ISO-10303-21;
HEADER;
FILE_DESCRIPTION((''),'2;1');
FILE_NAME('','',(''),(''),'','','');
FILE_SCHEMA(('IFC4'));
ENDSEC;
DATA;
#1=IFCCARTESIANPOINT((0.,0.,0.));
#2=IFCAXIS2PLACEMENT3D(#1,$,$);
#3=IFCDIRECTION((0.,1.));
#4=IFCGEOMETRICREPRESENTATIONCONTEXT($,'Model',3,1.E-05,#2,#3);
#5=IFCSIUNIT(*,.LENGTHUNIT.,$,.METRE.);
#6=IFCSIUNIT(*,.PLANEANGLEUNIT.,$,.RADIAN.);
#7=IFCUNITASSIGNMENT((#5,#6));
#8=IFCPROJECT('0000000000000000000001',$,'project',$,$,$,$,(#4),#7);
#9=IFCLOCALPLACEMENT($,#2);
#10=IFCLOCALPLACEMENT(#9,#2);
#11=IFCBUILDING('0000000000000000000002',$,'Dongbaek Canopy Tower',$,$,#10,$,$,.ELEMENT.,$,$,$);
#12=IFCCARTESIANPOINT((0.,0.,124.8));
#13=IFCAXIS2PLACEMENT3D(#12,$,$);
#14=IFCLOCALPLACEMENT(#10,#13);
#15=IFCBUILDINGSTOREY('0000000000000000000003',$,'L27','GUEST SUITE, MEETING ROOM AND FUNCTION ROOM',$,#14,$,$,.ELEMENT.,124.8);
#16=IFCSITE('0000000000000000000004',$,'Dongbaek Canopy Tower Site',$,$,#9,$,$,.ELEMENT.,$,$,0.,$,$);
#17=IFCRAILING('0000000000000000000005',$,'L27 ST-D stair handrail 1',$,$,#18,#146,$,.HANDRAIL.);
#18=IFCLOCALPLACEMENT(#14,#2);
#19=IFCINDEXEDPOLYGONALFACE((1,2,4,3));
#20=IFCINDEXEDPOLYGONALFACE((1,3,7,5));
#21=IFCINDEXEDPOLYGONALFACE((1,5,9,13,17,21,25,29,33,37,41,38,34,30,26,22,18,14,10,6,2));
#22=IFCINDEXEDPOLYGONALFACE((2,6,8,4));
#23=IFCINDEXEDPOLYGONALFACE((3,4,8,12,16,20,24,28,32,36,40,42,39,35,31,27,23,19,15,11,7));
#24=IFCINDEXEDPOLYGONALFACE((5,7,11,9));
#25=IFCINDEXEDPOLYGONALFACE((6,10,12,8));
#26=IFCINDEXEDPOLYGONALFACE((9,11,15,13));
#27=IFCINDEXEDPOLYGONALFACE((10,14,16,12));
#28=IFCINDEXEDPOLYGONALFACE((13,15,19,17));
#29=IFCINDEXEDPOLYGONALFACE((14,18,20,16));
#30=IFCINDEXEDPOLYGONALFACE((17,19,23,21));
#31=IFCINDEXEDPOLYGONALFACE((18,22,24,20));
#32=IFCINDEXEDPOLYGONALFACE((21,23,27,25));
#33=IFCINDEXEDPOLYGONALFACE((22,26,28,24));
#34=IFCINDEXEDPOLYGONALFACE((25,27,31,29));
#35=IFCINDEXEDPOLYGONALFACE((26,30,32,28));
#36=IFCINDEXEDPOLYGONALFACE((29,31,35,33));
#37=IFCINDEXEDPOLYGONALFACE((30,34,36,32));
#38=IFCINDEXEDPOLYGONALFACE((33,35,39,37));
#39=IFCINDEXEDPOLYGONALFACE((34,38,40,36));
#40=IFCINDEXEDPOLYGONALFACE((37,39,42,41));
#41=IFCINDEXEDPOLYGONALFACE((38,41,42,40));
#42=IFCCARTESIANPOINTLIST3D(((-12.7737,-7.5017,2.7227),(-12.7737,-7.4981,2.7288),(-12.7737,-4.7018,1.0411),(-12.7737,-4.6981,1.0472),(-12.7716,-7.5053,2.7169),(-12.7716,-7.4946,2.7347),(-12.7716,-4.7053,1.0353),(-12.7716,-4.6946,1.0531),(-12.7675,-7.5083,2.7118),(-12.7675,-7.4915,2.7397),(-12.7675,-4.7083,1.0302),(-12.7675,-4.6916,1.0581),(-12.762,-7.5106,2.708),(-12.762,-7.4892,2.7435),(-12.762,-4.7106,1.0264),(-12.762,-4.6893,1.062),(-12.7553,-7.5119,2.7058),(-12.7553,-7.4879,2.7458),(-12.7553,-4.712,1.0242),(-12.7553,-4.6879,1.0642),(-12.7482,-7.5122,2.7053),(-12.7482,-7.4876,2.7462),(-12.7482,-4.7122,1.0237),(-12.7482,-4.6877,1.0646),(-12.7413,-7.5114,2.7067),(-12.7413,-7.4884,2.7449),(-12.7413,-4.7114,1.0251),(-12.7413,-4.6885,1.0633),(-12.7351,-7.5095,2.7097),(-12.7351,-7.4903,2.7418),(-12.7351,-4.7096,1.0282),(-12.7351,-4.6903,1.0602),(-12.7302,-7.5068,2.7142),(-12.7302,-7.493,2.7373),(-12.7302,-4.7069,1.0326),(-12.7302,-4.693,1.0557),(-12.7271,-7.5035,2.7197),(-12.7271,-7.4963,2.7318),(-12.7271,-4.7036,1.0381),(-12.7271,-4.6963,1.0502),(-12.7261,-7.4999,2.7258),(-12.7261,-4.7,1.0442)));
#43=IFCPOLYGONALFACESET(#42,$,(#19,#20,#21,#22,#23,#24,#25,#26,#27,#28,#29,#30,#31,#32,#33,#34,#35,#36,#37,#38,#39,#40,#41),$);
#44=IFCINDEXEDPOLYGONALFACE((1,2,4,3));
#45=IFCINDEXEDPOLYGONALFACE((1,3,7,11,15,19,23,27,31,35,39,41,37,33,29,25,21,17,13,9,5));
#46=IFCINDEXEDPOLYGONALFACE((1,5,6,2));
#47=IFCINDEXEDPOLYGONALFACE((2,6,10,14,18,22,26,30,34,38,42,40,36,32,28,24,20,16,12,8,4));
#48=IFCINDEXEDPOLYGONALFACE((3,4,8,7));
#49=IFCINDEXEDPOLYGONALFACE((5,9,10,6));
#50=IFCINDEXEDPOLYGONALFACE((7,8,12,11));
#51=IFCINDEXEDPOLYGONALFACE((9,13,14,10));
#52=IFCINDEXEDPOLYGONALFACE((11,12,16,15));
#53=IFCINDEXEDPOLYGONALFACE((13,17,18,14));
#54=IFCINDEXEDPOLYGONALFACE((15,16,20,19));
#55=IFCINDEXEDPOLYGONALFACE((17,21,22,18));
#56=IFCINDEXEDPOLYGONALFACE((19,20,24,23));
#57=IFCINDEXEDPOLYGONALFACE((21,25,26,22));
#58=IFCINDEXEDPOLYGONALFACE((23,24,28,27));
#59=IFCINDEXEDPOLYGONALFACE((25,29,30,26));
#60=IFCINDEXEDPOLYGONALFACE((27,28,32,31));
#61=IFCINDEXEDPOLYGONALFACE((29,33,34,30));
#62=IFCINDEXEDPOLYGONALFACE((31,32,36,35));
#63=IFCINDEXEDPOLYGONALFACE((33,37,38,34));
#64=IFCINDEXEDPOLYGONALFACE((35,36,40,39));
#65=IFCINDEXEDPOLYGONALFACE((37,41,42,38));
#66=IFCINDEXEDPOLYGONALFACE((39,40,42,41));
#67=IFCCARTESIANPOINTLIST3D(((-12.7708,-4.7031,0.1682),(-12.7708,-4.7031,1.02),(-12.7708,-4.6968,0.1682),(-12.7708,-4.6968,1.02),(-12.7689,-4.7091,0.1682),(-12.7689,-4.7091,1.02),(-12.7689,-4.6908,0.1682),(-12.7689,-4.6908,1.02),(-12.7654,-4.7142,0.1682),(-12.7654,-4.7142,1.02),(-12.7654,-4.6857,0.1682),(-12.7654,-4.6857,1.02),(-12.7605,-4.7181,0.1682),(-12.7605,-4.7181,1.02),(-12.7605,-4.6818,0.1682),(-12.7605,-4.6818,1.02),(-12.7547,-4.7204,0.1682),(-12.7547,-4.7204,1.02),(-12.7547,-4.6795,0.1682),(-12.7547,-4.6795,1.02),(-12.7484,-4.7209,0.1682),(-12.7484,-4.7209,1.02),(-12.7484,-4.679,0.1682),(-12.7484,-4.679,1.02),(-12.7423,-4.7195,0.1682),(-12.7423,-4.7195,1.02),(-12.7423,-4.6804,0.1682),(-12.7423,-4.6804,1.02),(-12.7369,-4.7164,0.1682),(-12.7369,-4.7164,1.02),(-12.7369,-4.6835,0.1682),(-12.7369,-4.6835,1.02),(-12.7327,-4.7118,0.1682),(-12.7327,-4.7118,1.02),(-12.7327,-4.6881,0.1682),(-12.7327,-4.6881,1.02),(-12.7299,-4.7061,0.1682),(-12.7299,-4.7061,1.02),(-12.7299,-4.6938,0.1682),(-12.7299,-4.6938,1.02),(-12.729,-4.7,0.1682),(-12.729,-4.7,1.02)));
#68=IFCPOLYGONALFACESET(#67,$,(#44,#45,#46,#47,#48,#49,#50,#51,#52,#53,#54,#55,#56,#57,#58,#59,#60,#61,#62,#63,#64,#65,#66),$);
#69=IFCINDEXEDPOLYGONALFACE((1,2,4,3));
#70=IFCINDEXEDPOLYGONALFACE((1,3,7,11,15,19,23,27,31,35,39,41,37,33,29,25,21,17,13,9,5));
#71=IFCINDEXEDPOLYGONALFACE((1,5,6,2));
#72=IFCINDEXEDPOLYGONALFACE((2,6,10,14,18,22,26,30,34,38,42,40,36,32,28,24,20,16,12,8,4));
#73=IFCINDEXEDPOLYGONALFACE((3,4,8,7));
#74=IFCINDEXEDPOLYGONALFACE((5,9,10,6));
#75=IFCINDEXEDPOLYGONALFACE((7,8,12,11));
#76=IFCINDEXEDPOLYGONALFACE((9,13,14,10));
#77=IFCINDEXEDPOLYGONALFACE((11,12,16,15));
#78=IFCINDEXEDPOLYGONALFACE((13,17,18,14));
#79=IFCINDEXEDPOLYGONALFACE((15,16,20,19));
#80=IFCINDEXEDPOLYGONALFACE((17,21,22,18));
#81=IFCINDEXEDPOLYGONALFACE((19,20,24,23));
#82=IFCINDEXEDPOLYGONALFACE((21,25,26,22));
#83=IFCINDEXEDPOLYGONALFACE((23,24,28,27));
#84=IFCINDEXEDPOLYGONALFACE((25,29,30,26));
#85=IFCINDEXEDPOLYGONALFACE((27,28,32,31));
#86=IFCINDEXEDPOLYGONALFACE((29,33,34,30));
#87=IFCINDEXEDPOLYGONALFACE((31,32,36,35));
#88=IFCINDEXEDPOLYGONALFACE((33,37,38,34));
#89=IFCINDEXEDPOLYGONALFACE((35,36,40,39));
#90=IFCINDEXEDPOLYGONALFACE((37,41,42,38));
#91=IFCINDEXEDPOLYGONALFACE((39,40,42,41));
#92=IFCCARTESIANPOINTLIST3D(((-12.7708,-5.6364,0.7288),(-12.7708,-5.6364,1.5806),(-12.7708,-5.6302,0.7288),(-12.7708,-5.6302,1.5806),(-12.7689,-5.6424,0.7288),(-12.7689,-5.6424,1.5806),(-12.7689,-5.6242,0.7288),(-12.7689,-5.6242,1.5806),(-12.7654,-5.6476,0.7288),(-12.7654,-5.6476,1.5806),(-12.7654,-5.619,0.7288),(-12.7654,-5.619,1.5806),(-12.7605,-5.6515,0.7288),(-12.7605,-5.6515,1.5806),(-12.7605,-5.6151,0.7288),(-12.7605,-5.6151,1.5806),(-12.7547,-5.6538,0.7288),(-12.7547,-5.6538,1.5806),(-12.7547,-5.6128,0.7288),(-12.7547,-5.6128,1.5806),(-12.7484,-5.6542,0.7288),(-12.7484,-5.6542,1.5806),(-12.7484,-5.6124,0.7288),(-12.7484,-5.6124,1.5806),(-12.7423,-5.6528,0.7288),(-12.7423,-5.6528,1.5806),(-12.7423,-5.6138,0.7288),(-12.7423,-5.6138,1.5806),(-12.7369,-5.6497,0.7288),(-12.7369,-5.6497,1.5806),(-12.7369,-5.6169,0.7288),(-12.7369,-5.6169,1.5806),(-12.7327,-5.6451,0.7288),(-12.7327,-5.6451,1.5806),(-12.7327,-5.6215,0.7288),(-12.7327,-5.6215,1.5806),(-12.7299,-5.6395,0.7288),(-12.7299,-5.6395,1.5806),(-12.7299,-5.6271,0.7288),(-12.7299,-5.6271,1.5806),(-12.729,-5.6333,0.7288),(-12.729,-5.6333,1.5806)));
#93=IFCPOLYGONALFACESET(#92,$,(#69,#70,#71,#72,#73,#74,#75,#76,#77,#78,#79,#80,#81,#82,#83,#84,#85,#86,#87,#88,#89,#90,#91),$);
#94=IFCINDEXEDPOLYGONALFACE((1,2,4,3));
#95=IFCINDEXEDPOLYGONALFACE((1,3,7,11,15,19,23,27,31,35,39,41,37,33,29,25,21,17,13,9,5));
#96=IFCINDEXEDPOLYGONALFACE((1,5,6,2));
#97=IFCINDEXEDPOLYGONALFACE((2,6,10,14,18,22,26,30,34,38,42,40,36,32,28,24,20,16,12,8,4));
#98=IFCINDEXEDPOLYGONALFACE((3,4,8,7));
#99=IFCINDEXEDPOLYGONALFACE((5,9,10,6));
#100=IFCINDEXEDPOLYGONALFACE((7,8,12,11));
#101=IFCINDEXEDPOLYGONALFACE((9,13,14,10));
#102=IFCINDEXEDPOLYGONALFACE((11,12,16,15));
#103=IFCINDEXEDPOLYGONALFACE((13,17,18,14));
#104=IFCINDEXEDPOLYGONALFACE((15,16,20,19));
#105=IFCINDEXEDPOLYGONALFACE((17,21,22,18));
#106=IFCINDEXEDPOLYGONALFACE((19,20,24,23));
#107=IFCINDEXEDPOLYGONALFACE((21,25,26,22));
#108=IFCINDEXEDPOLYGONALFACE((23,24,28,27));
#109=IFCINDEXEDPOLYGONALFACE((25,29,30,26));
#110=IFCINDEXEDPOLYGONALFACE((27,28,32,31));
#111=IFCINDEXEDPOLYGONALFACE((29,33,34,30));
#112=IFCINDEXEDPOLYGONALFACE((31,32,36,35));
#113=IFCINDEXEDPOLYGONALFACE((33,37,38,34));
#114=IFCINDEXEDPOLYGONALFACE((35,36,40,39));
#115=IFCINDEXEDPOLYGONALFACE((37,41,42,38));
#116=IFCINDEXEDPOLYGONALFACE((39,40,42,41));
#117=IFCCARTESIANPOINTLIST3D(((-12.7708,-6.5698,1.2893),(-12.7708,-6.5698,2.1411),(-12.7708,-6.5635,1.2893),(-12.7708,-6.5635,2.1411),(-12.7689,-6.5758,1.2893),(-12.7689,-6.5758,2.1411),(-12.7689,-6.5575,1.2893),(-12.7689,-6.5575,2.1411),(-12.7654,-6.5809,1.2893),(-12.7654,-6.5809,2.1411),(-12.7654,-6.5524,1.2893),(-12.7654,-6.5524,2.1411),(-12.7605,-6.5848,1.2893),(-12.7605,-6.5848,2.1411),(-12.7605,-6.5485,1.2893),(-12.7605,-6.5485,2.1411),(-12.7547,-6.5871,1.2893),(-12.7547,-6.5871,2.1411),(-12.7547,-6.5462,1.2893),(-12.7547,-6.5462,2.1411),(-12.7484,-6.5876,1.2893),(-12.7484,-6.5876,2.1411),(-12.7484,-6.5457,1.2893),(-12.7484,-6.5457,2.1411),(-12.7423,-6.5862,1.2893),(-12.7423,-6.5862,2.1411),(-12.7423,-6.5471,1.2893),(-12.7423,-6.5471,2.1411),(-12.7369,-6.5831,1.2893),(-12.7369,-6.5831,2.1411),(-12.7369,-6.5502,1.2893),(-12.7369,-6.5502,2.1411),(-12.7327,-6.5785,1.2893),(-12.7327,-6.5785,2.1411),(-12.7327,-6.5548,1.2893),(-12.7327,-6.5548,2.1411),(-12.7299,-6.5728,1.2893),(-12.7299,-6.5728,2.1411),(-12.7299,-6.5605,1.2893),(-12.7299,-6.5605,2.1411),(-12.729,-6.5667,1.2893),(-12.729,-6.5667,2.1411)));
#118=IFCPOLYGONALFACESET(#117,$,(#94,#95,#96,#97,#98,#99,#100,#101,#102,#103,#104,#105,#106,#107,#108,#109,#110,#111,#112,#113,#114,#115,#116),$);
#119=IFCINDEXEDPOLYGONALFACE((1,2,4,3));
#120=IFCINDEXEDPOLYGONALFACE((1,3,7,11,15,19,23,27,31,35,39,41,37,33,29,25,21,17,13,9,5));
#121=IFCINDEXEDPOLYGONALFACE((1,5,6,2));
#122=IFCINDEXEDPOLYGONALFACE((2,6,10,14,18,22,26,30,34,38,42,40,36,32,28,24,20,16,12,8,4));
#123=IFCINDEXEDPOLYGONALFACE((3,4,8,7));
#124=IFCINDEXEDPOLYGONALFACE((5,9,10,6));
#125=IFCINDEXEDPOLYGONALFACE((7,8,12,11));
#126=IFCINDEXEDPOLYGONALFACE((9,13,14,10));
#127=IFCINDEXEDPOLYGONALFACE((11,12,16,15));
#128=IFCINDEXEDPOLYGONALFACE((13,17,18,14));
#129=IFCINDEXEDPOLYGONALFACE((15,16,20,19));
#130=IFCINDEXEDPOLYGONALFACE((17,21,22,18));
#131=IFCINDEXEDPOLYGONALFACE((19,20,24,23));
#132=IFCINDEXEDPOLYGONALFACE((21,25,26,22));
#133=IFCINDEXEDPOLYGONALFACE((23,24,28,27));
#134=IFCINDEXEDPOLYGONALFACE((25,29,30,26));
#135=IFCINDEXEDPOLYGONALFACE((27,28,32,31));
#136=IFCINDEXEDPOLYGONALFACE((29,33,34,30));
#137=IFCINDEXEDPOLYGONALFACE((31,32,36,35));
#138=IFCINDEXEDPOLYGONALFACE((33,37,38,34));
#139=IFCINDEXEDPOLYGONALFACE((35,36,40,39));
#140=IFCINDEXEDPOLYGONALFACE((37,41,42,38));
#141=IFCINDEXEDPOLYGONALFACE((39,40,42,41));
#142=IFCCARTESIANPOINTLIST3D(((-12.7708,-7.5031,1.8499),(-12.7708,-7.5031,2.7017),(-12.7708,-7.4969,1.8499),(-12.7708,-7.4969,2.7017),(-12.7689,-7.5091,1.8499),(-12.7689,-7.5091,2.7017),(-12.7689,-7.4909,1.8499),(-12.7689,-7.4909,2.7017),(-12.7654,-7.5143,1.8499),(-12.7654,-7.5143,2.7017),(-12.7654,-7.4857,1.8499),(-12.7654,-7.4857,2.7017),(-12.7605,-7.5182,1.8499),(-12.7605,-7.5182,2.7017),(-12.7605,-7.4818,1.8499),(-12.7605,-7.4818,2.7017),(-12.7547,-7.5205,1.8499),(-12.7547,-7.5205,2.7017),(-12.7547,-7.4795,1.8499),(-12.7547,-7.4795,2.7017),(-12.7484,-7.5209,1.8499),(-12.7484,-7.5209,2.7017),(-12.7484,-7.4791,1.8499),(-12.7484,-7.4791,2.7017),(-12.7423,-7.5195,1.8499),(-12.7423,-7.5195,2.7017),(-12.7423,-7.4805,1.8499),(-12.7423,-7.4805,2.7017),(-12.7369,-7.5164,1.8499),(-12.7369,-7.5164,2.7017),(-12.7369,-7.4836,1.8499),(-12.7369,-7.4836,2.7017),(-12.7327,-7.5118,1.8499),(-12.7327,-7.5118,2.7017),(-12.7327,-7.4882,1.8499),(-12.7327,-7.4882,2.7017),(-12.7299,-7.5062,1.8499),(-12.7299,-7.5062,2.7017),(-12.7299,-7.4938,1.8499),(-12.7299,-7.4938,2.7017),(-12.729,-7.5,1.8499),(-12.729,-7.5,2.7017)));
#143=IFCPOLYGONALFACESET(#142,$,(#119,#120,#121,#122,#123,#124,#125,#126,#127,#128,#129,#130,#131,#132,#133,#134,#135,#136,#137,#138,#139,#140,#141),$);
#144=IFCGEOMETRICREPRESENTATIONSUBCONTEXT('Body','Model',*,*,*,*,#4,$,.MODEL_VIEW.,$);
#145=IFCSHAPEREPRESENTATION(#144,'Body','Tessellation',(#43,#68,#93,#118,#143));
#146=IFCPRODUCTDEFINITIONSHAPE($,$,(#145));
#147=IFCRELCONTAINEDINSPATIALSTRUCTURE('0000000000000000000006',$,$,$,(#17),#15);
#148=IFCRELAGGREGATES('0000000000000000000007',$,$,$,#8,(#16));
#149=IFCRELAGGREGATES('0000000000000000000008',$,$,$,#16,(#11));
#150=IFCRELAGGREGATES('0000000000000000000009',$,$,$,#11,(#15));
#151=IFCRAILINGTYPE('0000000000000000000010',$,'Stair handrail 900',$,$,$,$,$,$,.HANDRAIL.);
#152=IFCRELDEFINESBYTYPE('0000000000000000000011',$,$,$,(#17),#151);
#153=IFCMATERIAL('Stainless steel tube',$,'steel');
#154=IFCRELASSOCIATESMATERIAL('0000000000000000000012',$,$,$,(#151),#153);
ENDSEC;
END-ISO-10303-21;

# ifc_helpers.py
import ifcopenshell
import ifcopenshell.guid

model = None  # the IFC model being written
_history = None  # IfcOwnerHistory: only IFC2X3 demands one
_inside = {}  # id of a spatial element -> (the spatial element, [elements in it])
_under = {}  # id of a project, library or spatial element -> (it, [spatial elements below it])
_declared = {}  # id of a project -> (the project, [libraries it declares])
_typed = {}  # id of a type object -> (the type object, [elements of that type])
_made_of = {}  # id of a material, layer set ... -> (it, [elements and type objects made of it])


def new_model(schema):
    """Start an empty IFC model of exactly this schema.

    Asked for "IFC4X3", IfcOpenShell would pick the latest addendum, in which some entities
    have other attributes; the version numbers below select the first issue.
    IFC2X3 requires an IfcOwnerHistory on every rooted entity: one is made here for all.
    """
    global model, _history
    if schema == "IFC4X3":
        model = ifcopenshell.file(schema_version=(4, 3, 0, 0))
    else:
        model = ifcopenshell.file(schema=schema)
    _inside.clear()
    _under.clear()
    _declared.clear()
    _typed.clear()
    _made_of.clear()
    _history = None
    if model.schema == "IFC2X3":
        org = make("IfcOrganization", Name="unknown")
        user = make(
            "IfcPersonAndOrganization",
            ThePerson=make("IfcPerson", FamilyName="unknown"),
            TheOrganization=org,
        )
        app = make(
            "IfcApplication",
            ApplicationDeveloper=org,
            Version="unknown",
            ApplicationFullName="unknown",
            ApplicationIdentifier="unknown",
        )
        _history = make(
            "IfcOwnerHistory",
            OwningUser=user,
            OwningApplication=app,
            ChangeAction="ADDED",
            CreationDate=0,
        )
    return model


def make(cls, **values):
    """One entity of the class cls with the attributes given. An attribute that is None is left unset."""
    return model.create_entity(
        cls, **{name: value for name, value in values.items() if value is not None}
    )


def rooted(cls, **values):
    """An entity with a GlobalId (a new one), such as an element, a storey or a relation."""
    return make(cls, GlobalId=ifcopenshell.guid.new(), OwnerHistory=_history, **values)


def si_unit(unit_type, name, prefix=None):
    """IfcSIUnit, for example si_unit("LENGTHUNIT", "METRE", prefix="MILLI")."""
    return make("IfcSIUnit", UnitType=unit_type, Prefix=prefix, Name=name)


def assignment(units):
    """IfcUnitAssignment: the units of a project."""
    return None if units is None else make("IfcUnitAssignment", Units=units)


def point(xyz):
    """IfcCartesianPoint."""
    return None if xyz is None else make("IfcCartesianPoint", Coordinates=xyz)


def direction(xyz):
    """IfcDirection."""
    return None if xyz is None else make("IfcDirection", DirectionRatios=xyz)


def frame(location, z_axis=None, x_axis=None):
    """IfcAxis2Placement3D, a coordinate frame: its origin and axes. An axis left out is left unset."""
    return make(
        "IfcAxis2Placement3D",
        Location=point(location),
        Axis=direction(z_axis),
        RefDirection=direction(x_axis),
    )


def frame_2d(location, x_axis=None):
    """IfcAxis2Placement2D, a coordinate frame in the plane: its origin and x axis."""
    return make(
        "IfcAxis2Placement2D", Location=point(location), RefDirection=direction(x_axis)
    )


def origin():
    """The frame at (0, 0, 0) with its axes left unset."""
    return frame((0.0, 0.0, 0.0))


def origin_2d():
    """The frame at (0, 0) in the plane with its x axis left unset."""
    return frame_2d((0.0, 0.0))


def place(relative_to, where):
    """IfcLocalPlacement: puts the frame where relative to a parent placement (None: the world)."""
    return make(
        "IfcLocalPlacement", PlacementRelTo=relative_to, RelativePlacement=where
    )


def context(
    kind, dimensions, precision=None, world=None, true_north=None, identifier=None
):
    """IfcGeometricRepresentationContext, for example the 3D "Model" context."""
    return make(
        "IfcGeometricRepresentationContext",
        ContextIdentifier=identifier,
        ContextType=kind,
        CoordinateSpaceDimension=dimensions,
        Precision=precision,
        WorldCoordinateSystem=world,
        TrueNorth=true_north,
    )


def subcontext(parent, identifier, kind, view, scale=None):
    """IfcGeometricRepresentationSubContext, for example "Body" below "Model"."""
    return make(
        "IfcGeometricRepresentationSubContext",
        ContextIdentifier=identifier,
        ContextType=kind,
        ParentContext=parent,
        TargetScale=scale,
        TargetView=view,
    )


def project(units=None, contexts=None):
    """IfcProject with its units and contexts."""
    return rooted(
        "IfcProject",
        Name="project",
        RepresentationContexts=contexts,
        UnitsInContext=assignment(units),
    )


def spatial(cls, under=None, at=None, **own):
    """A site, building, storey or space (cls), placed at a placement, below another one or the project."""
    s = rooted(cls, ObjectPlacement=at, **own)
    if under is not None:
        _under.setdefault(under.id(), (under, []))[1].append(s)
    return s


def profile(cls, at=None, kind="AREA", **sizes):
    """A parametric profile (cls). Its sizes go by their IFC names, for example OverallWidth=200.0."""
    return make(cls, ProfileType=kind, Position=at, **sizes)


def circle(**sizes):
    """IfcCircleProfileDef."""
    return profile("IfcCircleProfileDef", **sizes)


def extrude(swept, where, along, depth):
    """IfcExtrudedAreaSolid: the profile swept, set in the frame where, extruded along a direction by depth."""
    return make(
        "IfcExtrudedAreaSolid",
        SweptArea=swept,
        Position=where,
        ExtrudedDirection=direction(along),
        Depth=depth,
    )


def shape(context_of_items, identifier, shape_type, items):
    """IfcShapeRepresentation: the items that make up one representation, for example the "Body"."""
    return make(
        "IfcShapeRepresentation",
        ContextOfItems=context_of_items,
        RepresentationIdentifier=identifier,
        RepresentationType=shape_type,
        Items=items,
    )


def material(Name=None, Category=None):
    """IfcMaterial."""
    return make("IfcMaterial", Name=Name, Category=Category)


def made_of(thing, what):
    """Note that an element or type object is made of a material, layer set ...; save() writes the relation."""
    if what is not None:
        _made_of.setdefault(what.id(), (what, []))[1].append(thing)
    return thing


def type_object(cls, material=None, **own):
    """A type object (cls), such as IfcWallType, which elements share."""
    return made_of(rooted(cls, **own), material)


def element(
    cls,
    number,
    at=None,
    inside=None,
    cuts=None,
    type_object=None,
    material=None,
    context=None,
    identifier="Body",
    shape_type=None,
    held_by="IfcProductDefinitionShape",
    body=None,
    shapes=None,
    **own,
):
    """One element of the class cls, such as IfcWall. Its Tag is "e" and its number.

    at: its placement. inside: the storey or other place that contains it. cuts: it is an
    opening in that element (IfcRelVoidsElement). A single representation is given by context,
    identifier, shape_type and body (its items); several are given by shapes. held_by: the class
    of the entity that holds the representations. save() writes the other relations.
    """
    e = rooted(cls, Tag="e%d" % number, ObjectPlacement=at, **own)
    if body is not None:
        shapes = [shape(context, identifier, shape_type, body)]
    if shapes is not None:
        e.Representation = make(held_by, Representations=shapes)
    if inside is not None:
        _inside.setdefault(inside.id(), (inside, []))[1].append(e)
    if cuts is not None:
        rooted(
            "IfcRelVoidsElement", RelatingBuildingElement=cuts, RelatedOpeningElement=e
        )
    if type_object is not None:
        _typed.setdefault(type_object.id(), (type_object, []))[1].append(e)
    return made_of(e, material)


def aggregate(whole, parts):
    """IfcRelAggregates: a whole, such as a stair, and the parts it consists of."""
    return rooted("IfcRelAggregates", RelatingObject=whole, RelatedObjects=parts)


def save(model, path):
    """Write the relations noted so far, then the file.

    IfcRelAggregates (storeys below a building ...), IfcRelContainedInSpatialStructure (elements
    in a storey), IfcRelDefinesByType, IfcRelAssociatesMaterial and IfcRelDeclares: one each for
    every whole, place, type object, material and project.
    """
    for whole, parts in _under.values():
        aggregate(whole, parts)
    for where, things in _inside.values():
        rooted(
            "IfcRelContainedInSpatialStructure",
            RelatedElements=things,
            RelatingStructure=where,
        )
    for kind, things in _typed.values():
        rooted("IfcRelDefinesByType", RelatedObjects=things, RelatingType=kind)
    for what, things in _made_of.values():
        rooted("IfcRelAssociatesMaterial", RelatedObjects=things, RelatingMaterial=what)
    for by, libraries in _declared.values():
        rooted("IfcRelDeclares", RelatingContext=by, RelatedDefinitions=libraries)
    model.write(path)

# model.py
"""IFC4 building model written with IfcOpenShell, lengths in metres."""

from ifc_helpers import new_model, si_unit, direction, frame, origin, origin_2d, place, context, subcontext, project, spatial, circle, extrude, material, type_object, element, save


model = new_model("IFC4")

# Units and contexts
model_context = context("Model", 3, precision=1e-05, world=origin(), true_north=direction((0.0, 1.0)))
body_context = subcontext(model_context, "Body", "Model", "MODEL_VIEW")
ifc_project = project(units=[si_unit("LENGTHUNIT", "METRE"), si_unit("PLANEANGLEUNIT", "RADIAN")], contexts=[model_context])

# Site, building, storey
site_placement = place(None, origin())
site = spatial("IfcSite", under=ifc_project, at=site_placement, Name="Dongbaek Canopy Tower Site", CompositionType="ELEMENT", RefElevation=0.0)
building_placement = place(site_placement, origin())
building = spatial("IfcBuilding", under=site, at=building_placement, Name="Dongbaek Canopy Tower", CompositionType="ELEMENT")
storey_placement = place(building_placement, frame((0.0, 0.0, 124.8)))
storey = spatial("IfcBuildingStorey", under=building, at=storey_placement, Name="L27", Description="GUEST SUITE, MEETING ROOM AND FUNCTION ROOM", CompositionType="ELEMENT", Elevation=124.8)

# Railing
ifc_material_1 = material(Name="Stainless steel tube", Category="steel")
railing_type_1 = type_object("IfcRailingType", Name="Stair handrail 900", PredefinedType="HANDRAIL", material=ifc_material_1)
railing_1_placement = place(storey_placement, frame((-12.75, -4.7, 0.1682)))
element("IfcRailing", 1, at=railing_1_placement, inside=storey, type_object=railing_type_1, Name="L27 ST-D stair handrail 1", PredefinedType="HANDRAIL", context=body_context, shape_type="SweptSolid", body=[
    extrude(circle(Radius=0.0239, at=origin_2d()), frame((0.0, 0.0, 0.876), z_axis=(0.0, -0.857275, 0.514858), x_axis=(1.0, 0.0, 0.0)), (0.0, 0.0, 1.0), 3.2661),
    extrude(circle(Radius=0.021, at=origin_2d()), origin(), (0.0, 0.0, 1.0), 0.8518),
    extrude(circle(Radius=0.021, at=origin_2d()), frame((0.0, -0.9333, 0.5605)), (0.0, 0.0, 1.0), 0.8518),
    extrude(circle(Radius=0.021, at=origin_2d()), frame((0.0, -1.8667, 1.1211)), (0.0, 0.0, 1.0), 0.8518),
    extrude(circle(Radius=0.021, at=origin_2d()), frame((0.0, -2.8, 1.6816)), (0.0, 0.0, 1.0), 0.8518),
])

save(model, "model.ifc")
